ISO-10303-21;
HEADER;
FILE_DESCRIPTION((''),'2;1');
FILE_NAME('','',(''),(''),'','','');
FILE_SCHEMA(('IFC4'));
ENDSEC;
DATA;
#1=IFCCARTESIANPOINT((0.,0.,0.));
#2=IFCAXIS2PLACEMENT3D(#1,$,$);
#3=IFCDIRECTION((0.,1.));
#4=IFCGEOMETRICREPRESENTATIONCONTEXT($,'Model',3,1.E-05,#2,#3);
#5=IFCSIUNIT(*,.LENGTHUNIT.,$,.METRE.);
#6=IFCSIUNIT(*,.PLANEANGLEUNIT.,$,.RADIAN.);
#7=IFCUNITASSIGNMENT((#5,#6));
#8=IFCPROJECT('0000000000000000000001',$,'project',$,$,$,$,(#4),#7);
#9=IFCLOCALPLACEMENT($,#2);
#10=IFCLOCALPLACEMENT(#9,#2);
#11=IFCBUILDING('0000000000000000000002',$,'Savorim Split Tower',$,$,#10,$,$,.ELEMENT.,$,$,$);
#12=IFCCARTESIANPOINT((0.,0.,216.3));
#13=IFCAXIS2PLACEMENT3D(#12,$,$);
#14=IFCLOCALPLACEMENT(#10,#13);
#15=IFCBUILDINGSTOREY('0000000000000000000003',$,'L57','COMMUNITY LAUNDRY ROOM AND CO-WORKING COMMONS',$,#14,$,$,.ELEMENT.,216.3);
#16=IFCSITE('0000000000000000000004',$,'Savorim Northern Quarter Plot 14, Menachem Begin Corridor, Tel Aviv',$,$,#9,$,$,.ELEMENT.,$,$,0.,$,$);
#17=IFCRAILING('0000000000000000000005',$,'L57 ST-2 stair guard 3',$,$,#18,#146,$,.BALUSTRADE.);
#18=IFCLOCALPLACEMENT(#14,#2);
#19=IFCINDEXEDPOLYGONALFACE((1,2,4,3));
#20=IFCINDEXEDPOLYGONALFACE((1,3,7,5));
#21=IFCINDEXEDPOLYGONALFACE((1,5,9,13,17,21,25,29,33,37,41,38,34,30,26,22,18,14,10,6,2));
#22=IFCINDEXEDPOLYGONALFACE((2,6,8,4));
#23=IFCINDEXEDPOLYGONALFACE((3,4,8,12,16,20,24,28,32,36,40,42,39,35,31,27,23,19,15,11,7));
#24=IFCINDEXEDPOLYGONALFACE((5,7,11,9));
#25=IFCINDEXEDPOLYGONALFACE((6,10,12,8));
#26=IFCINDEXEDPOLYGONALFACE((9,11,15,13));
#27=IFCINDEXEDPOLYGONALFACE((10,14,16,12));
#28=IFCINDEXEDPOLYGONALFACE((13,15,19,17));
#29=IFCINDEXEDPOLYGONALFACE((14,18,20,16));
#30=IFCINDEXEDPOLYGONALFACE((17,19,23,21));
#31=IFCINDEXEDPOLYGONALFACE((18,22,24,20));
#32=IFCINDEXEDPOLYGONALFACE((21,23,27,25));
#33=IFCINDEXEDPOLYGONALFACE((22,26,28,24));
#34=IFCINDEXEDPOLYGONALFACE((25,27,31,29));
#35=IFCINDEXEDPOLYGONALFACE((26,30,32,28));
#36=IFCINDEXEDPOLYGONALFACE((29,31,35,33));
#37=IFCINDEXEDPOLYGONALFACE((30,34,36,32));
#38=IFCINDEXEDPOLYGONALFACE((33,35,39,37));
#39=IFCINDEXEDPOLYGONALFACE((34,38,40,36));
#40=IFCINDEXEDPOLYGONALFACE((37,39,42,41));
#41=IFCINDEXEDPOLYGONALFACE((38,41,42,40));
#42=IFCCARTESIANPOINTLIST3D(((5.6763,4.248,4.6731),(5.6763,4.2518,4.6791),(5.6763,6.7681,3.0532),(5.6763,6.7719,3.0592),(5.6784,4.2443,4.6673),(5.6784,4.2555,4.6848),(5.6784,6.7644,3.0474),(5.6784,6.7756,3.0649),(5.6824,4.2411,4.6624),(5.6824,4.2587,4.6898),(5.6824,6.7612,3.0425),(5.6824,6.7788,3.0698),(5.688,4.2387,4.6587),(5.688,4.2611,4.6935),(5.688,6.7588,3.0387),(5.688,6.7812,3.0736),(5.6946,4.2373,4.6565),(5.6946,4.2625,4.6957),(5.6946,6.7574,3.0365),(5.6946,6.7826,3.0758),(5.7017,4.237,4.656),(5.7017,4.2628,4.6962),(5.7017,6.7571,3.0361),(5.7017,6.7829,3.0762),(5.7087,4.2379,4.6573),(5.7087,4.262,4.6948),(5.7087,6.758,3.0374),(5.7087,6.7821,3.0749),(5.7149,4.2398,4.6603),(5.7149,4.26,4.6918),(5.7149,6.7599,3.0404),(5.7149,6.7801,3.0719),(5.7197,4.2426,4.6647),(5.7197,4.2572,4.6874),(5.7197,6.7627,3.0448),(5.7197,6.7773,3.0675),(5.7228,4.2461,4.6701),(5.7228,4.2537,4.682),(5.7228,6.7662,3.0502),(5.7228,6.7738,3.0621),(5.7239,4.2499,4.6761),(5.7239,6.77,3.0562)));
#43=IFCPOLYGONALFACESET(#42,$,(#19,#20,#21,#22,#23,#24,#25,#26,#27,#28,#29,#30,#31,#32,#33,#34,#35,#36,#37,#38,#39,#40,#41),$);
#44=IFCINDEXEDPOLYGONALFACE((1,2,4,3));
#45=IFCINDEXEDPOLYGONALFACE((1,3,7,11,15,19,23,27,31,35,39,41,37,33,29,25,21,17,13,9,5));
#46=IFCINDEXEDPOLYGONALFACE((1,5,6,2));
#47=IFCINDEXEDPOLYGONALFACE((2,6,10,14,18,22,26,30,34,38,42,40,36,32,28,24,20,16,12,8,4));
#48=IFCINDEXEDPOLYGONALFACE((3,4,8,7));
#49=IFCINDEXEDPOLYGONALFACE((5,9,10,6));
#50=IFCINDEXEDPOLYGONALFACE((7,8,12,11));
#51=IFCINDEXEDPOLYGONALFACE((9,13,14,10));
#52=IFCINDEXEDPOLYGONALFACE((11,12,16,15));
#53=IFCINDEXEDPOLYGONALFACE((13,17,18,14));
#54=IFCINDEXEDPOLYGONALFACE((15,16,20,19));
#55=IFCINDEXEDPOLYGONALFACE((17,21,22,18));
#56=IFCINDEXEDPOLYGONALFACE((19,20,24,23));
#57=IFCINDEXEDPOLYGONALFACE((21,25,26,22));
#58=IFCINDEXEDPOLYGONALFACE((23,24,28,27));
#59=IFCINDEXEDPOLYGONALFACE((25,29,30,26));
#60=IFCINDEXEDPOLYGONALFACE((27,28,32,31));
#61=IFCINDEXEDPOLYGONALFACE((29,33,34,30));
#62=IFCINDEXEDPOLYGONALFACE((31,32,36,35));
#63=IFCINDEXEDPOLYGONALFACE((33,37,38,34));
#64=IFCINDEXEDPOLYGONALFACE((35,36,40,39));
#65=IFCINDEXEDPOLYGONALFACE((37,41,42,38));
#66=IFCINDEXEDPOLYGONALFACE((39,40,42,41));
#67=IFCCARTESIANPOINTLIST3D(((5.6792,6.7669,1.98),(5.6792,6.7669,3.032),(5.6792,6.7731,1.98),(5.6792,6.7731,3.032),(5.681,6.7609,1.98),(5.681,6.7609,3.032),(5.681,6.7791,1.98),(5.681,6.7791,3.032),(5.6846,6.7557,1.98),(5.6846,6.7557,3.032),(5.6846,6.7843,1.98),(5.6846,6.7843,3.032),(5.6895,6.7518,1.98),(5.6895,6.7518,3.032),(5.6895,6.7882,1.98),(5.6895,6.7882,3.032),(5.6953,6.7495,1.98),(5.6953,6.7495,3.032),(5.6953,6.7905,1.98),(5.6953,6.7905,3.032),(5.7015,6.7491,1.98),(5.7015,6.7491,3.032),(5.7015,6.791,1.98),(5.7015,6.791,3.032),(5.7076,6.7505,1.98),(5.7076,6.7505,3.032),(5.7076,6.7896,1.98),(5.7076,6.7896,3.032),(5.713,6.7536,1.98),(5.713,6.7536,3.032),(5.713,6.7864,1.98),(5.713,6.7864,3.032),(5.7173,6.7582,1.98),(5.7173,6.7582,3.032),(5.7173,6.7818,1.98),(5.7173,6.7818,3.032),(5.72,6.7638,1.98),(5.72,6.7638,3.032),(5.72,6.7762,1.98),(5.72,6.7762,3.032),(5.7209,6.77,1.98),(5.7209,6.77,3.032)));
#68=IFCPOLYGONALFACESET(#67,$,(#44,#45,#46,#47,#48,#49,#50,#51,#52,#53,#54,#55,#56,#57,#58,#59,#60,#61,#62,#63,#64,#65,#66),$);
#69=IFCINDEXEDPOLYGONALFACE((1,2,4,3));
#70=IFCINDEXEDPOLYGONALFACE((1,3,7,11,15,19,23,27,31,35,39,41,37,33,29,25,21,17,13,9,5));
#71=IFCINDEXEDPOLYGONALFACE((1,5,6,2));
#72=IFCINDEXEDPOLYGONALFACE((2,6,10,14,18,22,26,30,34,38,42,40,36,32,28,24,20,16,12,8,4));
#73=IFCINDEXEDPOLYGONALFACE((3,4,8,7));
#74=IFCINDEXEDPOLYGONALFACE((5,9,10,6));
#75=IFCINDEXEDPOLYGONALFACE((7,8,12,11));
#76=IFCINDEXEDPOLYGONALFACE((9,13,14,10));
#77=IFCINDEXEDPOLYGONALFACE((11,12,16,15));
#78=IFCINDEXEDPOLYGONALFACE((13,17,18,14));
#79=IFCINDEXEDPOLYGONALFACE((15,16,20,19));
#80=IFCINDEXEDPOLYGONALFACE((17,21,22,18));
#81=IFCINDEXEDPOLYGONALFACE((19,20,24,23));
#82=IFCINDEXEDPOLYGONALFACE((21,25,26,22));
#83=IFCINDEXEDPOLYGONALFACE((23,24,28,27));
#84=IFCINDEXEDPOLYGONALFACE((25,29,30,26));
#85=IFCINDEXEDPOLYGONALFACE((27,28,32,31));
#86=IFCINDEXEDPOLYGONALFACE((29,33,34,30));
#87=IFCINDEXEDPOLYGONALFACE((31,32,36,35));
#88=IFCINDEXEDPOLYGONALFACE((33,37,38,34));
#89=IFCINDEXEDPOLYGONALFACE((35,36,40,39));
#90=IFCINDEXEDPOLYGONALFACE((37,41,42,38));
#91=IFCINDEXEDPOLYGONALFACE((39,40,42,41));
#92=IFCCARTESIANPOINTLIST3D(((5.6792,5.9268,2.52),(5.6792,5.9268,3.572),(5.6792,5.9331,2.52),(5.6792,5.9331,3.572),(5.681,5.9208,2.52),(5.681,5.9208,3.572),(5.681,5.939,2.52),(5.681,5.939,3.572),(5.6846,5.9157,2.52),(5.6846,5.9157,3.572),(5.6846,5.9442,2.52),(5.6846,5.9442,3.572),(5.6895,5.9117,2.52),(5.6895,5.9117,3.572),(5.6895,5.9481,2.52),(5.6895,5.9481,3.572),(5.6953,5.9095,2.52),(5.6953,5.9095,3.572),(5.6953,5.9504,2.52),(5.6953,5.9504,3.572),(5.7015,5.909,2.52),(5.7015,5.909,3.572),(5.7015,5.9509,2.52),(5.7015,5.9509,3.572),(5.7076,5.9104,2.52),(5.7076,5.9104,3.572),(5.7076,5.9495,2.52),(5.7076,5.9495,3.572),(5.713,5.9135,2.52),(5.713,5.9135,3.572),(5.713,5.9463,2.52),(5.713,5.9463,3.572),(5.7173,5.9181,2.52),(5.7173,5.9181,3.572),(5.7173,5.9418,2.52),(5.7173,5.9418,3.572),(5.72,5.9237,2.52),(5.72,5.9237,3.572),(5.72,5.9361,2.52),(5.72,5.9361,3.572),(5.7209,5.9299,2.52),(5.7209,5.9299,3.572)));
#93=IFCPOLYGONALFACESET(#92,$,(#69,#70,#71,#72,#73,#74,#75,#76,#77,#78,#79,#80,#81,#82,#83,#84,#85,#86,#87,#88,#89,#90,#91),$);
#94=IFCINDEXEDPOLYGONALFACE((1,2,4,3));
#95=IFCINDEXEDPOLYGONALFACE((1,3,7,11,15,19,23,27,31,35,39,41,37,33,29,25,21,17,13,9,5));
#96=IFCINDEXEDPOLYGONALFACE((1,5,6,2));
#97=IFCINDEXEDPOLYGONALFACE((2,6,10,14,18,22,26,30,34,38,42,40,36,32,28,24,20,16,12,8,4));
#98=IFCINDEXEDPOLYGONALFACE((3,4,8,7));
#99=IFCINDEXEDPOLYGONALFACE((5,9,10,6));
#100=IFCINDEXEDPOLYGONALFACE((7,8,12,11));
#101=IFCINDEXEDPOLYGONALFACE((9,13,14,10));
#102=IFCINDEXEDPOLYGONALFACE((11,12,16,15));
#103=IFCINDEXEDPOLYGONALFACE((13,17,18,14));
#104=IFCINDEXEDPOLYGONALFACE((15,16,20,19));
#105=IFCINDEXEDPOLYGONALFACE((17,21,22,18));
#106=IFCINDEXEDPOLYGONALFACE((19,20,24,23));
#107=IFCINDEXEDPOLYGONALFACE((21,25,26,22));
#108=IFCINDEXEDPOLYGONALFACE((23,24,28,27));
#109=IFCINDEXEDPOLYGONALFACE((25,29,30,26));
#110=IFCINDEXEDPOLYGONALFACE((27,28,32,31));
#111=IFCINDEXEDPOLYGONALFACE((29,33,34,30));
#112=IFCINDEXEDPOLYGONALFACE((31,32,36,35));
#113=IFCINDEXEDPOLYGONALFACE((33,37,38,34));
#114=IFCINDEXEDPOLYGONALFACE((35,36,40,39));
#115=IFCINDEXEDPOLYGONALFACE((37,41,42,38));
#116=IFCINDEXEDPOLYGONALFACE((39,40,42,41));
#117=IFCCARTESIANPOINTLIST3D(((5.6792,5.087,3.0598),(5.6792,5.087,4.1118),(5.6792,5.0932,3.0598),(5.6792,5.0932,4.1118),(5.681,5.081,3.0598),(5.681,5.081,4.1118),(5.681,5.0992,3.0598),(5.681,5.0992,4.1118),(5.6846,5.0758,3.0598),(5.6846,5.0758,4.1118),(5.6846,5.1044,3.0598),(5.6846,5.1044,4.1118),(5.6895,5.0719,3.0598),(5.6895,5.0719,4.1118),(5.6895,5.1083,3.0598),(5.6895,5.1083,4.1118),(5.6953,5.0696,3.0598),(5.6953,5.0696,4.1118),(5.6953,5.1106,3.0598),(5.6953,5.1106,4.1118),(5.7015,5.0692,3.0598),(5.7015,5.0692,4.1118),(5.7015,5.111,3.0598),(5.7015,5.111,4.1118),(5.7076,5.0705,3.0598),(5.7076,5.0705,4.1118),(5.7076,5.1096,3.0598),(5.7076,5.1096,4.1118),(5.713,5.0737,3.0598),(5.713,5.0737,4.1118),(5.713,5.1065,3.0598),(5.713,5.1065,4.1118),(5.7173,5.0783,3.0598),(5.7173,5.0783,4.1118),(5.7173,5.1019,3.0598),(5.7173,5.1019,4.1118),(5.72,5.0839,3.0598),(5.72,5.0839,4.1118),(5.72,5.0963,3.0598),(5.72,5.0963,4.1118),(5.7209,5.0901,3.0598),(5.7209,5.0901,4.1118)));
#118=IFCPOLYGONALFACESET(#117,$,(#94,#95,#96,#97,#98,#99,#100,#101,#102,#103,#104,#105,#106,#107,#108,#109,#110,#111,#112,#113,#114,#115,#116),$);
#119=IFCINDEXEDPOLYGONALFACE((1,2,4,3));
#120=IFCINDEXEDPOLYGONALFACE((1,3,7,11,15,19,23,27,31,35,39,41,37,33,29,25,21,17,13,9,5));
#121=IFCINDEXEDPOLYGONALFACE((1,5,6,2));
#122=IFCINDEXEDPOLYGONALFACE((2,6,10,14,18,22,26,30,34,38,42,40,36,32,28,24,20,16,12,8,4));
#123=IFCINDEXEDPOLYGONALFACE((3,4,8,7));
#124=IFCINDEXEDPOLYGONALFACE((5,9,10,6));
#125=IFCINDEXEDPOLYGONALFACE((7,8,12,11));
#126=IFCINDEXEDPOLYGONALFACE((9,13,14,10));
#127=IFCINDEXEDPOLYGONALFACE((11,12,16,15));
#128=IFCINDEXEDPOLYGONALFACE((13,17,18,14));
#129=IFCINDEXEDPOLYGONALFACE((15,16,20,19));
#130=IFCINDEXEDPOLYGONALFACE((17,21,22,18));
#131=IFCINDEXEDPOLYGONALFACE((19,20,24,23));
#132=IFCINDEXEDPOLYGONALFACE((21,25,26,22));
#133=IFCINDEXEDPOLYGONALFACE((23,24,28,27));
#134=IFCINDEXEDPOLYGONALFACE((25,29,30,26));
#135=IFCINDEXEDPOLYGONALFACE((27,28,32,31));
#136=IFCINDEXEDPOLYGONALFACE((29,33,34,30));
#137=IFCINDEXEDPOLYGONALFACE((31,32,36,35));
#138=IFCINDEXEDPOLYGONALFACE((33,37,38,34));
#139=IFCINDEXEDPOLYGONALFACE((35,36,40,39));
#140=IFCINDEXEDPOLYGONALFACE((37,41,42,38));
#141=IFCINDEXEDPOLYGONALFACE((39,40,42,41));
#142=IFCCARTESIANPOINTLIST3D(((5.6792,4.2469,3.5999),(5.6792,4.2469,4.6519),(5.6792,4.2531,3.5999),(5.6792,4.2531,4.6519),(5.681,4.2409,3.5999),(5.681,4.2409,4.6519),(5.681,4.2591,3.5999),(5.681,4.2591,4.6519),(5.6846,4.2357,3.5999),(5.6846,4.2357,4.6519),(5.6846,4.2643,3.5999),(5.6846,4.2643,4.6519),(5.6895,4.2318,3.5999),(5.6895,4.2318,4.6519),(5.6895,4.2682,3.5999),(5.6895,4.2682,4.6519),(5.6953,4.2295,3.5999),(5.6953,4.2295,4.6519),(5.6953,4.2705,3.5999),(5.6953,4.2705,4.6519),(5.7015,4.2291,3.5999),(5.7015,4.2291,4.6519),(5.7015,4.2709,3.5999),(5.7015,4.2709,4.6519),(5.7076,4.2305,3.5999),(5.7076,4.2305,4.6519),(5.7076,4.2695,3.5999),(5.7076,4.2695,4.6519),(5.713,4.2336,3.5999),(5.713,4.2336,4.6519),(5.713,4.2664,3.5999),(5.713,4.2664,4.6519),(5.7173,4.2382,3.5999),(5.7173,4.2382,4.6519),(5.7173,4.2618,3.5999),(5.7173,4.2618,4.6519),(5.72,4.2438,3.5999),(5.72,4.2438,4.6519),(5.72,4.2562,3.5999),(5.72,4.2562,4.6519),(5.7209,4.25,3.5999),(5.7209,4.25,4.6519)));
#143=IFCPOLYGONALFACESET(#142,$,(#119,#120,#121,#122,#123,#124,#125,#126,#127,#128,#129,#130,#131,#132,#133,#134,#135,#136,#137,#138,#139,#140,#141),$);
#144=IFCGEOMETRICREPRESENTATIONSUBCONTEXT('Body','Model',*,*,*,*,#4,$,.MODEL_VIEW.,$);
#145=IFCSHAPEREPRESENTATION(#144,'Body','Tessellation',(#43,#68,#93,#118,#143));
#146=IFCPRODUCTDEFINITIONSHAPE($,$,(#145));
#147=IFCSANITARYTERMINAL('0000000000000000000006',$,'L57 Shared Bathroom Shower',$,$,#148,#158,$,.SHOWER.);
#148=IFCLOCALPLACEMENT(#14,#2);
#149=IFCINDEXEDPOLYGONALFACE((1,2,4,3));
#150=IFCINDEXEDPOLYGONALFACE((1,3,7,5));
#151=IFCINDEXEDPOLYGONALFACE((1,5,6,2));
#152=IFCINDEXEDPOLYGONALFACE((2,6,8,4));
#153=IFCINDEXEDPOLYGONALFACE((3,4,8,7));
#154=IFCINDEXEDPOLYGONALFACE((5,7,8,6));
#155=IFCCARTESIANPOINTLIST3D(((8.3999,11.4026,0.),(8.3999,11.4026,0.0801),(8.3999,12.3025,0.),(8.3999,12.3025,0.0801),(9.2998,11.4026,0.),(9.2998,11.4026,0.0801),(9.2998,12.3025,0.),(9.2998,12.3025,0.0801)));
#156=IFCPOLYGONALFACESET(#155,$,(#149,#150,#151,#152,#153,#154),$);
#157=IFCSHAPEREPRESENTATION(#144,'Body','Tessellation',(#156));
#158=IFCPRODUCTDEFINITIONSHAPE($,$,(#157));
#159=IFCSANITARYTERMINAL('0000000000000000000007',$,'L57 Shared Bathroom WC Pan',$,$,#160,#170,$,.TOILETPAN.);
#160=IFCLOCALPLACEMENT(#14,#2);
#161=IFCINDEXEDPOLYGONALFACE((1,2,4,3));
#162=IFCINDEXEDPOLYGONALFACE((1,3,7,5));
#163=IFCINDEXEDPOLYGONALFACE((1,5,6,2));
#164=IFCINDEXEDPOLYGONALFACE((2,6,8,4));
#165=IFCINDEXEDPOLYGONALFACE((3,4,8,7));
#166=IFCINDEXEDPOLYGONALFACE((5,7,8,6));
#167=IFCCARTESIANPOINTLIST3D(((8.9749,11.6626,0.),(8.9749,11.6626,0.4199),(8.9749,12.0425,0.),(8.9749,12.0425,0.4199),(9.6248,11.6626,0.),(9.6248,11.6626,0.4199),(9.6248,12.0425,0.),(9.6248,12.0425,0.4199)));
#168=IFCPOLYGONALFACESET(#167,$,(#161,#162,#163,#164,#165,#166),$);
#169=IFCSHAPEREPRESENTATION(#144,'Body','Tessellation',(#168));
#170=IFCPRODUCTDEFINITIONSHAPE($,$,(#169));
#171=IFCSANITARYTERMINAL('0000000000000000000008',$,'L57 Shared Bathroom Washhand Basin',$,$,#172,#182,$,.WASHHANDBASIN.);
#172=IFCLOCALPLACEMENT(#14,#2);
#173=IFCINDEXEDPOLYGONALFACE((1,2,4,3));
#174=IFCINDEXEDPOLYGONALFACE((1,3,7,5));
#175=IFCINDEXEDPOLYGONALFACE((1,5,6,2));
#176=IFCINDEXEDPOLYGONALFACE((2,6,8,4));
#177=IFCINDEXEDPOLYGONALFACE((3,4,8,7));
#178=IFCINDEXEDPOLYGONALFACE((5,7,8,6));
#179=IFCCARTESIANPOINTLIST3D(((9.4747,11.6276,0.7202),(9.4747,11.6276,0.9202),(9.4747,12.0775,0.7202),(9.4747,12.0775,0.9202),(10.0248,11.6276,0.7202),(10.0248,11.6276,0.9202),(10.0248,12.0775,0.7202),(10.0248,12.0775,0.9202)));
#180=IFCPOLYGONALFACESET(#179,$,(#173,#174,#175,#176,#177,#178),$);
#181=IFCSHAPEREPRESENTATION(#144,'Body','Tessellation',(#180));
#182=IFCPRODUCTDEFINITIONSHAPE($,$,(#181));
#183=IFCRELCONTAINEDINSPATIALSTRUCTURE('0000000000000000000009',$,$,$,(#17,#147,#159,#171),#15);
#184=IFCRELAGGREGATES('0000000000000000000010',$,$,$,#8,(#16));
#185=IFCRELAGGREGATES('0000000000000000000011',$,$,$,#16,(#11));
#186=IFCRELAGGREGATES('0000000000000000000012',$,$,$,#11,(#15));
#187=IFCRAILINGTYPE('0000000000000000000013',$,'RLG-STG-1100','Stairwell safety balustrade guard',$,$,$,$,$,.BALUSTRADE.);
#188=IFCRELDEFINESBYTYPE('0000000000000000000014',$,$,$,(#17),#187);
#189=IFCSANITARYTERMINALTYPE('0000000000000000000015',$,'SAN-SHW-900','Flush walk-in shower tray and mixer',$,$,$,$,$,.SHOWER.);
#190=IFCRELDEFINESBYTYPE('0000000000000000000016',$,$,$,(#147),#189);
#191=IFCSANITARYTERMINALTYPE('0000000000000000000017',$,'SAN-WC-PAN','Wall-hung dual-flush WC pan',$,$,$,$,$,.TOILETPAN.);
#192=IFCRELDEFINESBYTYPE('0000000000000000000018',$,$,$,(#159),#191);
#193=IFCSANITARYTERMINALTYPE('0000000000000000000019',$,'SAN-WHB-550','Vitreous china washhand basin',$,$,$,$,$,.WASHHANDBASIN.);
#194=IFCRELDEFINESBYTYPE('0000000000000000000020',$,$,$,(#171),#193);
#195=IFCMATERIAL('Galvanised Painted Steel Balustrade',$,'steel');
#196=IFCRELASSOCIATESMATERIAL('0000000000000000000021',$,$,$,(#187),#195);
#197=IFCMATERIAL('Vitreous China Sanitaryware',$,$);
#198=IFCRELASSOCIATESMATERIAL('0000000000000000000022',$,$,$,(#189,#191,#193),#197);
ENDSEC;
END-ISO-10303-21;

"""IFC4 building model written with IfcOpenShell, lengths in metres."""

from ifc_helpers import new_model, si_unit, direction, frame, origin, origin_2d, place, context, subcontext, project, spatial, rectangle, circle, extrude, material, type_object, element, save


model = new_model("IFC4")

# Units and contexts
model_context = context("Model", 3, precision=1e-05, world=origin(), true_north=direction((0.0, 1.0)))
body_context = subcontext(model_context, "Body", "Model", "MODEL_VIEW")
ifc_project = project(units=[si_unit("LENGTHUNIT", "METRE"), si_unit("PLANEANGLEUNIT", "RADIAN")], contexts=[model_context])

# Site, building, storey
site_placement = place(None, origin())
site = spatial("IfcSite", under=ifc_project, at=site_placement, Name="Savorim Northern Quarter Plot 14, Menachem Begin Corridor, Tel Aviv", CompositionType="ELEMENT", RefElevation=0.0)
building_placement = place(site_placement, origin())
building = spatial("IfcBuilding", under=site, at=building_placement, Name="Savorim Split Tower", CompositionType="ELEMENT")
storey_placement = place(building_placement, frame((0.0, 0.0, 216.3)))
storey = spatial("IfcBuildingStorey", under=building, at=storey_placement, Name="L57", Description="COMMUNITY LAUNDRY ROOM AND CO-WORKING COMMONS", CompositionType="ELEMENT", Elevation=216.3)

# Railing
ifc_material_1 = material(Name="Galvanised Painted Steel Balustrade", Category="steel")
railing_type = type_object("IfcRailingType", Name="RLG-STG-1100", Description="Stairwell safety balustrade guard", PredefinedType="BALUSTRADE", material=ifc_material_1)
railing_1_placement = place(storey_placement, frame((5.7, 6.77, 1.98)))
element("IfcRailing", 1, at=railing_1_placement, inside=storey, type_object=railing_type, Name="L57 ST-2 stair guard 3", PredefinedType="BALUSTRADE", context=body_context, shape_type="SweptSolid", body=[
    extrude(circle(Radius=0.0239, at=origin_2d()), frame((0.0, 0.0, 1.0762), z_axis=(0.0, -0.8412, 0.540725), x_axis=(1.0, 0.0, 0.0)), (0.0, 0.0, 1.0), 2.9958),
    extrude(circle(Radius=0.021, at=origin_2d()), origin(), (0.0, 0.0, 1.0), 1.052),
    extrude(circle(Radius=0.021, at=origin_2d()), frame((0.0, -0.8401, 0.54)), (0.0, 0.0, 1.0), 1.052),
    extrude(circle(Radius=0.021, at=origin_2d()), frame((0.0, -1.6799, 1.0798)), (0.0, 0.0, 1.0), 1.052),
    extrude(circle(Radius=0.021, at=origin_2d()), frame((0.0, -2.52, 1.6199)), (0.0, 0.0, 1.0), 1.052),
])

# Sanitary terminals
ifc_material_2 = material(Name="Vitreous China Sanitaryware")
sanitary_terminal_type_1 = type_object("IfcSanitaryTerminalType", Name="SAN-SHW-900", Description="Flush walk-in shower tray and mixer", PredefinedType="SHOWER", material=ifc_material_2)
sanitary_terminal_1_placement = place(storey_placement, frame((8.8499, 11.8525, 0.0), z_axis=(0.0, 0.0, 1.0), x_axis=(1.0, 0.0, 0.0)))
element("IfcSanitaryTerminal", 2, at=sanitary_terminal_1_placement, inside=storey, type_object=sanitary_terminal_type_1, Name="L57 Shared Bathroom Shower", PredefinedType="SHOWER", context=body_context, shape_type="SweptSolid", body=[
    extrude(rectangle(XDim=0.8999, YDim=0.8999, at=origin_2d()), origin(), (0.0, 0.0, 1.0), 0.0801),
])
sanitary_terminal_type_2 = type_object("IfcSanitaryTerminalType", Name="SAN-WC-PAN", Description="Wall-hung dual-flush WC pan", PredefinedType="TOILETPAN", material=ifc_material_2)
sanitary_terminal_2_placement = place(storey_placement, frame((9.2998, 11.8525, 0.0), z_axis=(0.0, 0.0, 1.0), x_axis=(1.0, 0.0, 0.0)))
element("IfcSanitaryTerminal", 3, at=sanitary_terminal_2_placement, inside=storey, type_object=sanitary_terminal_type_2, Name="L57 Shared Bathroom WC Pan", PredefinedType="TOILETPAN", context=body_context, shape_type="SweptSolid", body=[
    extrude(rectangle(XDim=0.6499, YDim=0.3799, at=origin_2d()), origin(), (0.0, 0.0, 1.0), 0.4199),
])
sanitary_terminal_type_3 = type_object("IfcSanitaryTerminalType", Name="SAN-WHB-550", Description="Vitreous china washhand basin", PredefinedType="WASHHANDBASIN", material=ifc_material_2)
sanitary_terminal_3_placement = place(storey_placement, frame((9.7498, 11.8525, 0.7202), z_axis=(0.0, 0.0, 1.0), x_axis=(1.0, 0.0, 0.0)))
element("IfcSanitaryTerminal", 4, at=sanitary_terminal_3_placement, inside=storey, type_object=sanitary_terminal_type_3, Name="L57 Shared Bathroom Washhand Basin", PredefinedType="WASHHANDBASIN", context=body_context, shape_type="SweptSolid", body=[
    extrude(rectangle(XDim=0.55, YDim=0.45, at=origin_2d()), origin(), (0.0, 0.0, 1.0), 0.2),
])

save(model, "model.ifc")
